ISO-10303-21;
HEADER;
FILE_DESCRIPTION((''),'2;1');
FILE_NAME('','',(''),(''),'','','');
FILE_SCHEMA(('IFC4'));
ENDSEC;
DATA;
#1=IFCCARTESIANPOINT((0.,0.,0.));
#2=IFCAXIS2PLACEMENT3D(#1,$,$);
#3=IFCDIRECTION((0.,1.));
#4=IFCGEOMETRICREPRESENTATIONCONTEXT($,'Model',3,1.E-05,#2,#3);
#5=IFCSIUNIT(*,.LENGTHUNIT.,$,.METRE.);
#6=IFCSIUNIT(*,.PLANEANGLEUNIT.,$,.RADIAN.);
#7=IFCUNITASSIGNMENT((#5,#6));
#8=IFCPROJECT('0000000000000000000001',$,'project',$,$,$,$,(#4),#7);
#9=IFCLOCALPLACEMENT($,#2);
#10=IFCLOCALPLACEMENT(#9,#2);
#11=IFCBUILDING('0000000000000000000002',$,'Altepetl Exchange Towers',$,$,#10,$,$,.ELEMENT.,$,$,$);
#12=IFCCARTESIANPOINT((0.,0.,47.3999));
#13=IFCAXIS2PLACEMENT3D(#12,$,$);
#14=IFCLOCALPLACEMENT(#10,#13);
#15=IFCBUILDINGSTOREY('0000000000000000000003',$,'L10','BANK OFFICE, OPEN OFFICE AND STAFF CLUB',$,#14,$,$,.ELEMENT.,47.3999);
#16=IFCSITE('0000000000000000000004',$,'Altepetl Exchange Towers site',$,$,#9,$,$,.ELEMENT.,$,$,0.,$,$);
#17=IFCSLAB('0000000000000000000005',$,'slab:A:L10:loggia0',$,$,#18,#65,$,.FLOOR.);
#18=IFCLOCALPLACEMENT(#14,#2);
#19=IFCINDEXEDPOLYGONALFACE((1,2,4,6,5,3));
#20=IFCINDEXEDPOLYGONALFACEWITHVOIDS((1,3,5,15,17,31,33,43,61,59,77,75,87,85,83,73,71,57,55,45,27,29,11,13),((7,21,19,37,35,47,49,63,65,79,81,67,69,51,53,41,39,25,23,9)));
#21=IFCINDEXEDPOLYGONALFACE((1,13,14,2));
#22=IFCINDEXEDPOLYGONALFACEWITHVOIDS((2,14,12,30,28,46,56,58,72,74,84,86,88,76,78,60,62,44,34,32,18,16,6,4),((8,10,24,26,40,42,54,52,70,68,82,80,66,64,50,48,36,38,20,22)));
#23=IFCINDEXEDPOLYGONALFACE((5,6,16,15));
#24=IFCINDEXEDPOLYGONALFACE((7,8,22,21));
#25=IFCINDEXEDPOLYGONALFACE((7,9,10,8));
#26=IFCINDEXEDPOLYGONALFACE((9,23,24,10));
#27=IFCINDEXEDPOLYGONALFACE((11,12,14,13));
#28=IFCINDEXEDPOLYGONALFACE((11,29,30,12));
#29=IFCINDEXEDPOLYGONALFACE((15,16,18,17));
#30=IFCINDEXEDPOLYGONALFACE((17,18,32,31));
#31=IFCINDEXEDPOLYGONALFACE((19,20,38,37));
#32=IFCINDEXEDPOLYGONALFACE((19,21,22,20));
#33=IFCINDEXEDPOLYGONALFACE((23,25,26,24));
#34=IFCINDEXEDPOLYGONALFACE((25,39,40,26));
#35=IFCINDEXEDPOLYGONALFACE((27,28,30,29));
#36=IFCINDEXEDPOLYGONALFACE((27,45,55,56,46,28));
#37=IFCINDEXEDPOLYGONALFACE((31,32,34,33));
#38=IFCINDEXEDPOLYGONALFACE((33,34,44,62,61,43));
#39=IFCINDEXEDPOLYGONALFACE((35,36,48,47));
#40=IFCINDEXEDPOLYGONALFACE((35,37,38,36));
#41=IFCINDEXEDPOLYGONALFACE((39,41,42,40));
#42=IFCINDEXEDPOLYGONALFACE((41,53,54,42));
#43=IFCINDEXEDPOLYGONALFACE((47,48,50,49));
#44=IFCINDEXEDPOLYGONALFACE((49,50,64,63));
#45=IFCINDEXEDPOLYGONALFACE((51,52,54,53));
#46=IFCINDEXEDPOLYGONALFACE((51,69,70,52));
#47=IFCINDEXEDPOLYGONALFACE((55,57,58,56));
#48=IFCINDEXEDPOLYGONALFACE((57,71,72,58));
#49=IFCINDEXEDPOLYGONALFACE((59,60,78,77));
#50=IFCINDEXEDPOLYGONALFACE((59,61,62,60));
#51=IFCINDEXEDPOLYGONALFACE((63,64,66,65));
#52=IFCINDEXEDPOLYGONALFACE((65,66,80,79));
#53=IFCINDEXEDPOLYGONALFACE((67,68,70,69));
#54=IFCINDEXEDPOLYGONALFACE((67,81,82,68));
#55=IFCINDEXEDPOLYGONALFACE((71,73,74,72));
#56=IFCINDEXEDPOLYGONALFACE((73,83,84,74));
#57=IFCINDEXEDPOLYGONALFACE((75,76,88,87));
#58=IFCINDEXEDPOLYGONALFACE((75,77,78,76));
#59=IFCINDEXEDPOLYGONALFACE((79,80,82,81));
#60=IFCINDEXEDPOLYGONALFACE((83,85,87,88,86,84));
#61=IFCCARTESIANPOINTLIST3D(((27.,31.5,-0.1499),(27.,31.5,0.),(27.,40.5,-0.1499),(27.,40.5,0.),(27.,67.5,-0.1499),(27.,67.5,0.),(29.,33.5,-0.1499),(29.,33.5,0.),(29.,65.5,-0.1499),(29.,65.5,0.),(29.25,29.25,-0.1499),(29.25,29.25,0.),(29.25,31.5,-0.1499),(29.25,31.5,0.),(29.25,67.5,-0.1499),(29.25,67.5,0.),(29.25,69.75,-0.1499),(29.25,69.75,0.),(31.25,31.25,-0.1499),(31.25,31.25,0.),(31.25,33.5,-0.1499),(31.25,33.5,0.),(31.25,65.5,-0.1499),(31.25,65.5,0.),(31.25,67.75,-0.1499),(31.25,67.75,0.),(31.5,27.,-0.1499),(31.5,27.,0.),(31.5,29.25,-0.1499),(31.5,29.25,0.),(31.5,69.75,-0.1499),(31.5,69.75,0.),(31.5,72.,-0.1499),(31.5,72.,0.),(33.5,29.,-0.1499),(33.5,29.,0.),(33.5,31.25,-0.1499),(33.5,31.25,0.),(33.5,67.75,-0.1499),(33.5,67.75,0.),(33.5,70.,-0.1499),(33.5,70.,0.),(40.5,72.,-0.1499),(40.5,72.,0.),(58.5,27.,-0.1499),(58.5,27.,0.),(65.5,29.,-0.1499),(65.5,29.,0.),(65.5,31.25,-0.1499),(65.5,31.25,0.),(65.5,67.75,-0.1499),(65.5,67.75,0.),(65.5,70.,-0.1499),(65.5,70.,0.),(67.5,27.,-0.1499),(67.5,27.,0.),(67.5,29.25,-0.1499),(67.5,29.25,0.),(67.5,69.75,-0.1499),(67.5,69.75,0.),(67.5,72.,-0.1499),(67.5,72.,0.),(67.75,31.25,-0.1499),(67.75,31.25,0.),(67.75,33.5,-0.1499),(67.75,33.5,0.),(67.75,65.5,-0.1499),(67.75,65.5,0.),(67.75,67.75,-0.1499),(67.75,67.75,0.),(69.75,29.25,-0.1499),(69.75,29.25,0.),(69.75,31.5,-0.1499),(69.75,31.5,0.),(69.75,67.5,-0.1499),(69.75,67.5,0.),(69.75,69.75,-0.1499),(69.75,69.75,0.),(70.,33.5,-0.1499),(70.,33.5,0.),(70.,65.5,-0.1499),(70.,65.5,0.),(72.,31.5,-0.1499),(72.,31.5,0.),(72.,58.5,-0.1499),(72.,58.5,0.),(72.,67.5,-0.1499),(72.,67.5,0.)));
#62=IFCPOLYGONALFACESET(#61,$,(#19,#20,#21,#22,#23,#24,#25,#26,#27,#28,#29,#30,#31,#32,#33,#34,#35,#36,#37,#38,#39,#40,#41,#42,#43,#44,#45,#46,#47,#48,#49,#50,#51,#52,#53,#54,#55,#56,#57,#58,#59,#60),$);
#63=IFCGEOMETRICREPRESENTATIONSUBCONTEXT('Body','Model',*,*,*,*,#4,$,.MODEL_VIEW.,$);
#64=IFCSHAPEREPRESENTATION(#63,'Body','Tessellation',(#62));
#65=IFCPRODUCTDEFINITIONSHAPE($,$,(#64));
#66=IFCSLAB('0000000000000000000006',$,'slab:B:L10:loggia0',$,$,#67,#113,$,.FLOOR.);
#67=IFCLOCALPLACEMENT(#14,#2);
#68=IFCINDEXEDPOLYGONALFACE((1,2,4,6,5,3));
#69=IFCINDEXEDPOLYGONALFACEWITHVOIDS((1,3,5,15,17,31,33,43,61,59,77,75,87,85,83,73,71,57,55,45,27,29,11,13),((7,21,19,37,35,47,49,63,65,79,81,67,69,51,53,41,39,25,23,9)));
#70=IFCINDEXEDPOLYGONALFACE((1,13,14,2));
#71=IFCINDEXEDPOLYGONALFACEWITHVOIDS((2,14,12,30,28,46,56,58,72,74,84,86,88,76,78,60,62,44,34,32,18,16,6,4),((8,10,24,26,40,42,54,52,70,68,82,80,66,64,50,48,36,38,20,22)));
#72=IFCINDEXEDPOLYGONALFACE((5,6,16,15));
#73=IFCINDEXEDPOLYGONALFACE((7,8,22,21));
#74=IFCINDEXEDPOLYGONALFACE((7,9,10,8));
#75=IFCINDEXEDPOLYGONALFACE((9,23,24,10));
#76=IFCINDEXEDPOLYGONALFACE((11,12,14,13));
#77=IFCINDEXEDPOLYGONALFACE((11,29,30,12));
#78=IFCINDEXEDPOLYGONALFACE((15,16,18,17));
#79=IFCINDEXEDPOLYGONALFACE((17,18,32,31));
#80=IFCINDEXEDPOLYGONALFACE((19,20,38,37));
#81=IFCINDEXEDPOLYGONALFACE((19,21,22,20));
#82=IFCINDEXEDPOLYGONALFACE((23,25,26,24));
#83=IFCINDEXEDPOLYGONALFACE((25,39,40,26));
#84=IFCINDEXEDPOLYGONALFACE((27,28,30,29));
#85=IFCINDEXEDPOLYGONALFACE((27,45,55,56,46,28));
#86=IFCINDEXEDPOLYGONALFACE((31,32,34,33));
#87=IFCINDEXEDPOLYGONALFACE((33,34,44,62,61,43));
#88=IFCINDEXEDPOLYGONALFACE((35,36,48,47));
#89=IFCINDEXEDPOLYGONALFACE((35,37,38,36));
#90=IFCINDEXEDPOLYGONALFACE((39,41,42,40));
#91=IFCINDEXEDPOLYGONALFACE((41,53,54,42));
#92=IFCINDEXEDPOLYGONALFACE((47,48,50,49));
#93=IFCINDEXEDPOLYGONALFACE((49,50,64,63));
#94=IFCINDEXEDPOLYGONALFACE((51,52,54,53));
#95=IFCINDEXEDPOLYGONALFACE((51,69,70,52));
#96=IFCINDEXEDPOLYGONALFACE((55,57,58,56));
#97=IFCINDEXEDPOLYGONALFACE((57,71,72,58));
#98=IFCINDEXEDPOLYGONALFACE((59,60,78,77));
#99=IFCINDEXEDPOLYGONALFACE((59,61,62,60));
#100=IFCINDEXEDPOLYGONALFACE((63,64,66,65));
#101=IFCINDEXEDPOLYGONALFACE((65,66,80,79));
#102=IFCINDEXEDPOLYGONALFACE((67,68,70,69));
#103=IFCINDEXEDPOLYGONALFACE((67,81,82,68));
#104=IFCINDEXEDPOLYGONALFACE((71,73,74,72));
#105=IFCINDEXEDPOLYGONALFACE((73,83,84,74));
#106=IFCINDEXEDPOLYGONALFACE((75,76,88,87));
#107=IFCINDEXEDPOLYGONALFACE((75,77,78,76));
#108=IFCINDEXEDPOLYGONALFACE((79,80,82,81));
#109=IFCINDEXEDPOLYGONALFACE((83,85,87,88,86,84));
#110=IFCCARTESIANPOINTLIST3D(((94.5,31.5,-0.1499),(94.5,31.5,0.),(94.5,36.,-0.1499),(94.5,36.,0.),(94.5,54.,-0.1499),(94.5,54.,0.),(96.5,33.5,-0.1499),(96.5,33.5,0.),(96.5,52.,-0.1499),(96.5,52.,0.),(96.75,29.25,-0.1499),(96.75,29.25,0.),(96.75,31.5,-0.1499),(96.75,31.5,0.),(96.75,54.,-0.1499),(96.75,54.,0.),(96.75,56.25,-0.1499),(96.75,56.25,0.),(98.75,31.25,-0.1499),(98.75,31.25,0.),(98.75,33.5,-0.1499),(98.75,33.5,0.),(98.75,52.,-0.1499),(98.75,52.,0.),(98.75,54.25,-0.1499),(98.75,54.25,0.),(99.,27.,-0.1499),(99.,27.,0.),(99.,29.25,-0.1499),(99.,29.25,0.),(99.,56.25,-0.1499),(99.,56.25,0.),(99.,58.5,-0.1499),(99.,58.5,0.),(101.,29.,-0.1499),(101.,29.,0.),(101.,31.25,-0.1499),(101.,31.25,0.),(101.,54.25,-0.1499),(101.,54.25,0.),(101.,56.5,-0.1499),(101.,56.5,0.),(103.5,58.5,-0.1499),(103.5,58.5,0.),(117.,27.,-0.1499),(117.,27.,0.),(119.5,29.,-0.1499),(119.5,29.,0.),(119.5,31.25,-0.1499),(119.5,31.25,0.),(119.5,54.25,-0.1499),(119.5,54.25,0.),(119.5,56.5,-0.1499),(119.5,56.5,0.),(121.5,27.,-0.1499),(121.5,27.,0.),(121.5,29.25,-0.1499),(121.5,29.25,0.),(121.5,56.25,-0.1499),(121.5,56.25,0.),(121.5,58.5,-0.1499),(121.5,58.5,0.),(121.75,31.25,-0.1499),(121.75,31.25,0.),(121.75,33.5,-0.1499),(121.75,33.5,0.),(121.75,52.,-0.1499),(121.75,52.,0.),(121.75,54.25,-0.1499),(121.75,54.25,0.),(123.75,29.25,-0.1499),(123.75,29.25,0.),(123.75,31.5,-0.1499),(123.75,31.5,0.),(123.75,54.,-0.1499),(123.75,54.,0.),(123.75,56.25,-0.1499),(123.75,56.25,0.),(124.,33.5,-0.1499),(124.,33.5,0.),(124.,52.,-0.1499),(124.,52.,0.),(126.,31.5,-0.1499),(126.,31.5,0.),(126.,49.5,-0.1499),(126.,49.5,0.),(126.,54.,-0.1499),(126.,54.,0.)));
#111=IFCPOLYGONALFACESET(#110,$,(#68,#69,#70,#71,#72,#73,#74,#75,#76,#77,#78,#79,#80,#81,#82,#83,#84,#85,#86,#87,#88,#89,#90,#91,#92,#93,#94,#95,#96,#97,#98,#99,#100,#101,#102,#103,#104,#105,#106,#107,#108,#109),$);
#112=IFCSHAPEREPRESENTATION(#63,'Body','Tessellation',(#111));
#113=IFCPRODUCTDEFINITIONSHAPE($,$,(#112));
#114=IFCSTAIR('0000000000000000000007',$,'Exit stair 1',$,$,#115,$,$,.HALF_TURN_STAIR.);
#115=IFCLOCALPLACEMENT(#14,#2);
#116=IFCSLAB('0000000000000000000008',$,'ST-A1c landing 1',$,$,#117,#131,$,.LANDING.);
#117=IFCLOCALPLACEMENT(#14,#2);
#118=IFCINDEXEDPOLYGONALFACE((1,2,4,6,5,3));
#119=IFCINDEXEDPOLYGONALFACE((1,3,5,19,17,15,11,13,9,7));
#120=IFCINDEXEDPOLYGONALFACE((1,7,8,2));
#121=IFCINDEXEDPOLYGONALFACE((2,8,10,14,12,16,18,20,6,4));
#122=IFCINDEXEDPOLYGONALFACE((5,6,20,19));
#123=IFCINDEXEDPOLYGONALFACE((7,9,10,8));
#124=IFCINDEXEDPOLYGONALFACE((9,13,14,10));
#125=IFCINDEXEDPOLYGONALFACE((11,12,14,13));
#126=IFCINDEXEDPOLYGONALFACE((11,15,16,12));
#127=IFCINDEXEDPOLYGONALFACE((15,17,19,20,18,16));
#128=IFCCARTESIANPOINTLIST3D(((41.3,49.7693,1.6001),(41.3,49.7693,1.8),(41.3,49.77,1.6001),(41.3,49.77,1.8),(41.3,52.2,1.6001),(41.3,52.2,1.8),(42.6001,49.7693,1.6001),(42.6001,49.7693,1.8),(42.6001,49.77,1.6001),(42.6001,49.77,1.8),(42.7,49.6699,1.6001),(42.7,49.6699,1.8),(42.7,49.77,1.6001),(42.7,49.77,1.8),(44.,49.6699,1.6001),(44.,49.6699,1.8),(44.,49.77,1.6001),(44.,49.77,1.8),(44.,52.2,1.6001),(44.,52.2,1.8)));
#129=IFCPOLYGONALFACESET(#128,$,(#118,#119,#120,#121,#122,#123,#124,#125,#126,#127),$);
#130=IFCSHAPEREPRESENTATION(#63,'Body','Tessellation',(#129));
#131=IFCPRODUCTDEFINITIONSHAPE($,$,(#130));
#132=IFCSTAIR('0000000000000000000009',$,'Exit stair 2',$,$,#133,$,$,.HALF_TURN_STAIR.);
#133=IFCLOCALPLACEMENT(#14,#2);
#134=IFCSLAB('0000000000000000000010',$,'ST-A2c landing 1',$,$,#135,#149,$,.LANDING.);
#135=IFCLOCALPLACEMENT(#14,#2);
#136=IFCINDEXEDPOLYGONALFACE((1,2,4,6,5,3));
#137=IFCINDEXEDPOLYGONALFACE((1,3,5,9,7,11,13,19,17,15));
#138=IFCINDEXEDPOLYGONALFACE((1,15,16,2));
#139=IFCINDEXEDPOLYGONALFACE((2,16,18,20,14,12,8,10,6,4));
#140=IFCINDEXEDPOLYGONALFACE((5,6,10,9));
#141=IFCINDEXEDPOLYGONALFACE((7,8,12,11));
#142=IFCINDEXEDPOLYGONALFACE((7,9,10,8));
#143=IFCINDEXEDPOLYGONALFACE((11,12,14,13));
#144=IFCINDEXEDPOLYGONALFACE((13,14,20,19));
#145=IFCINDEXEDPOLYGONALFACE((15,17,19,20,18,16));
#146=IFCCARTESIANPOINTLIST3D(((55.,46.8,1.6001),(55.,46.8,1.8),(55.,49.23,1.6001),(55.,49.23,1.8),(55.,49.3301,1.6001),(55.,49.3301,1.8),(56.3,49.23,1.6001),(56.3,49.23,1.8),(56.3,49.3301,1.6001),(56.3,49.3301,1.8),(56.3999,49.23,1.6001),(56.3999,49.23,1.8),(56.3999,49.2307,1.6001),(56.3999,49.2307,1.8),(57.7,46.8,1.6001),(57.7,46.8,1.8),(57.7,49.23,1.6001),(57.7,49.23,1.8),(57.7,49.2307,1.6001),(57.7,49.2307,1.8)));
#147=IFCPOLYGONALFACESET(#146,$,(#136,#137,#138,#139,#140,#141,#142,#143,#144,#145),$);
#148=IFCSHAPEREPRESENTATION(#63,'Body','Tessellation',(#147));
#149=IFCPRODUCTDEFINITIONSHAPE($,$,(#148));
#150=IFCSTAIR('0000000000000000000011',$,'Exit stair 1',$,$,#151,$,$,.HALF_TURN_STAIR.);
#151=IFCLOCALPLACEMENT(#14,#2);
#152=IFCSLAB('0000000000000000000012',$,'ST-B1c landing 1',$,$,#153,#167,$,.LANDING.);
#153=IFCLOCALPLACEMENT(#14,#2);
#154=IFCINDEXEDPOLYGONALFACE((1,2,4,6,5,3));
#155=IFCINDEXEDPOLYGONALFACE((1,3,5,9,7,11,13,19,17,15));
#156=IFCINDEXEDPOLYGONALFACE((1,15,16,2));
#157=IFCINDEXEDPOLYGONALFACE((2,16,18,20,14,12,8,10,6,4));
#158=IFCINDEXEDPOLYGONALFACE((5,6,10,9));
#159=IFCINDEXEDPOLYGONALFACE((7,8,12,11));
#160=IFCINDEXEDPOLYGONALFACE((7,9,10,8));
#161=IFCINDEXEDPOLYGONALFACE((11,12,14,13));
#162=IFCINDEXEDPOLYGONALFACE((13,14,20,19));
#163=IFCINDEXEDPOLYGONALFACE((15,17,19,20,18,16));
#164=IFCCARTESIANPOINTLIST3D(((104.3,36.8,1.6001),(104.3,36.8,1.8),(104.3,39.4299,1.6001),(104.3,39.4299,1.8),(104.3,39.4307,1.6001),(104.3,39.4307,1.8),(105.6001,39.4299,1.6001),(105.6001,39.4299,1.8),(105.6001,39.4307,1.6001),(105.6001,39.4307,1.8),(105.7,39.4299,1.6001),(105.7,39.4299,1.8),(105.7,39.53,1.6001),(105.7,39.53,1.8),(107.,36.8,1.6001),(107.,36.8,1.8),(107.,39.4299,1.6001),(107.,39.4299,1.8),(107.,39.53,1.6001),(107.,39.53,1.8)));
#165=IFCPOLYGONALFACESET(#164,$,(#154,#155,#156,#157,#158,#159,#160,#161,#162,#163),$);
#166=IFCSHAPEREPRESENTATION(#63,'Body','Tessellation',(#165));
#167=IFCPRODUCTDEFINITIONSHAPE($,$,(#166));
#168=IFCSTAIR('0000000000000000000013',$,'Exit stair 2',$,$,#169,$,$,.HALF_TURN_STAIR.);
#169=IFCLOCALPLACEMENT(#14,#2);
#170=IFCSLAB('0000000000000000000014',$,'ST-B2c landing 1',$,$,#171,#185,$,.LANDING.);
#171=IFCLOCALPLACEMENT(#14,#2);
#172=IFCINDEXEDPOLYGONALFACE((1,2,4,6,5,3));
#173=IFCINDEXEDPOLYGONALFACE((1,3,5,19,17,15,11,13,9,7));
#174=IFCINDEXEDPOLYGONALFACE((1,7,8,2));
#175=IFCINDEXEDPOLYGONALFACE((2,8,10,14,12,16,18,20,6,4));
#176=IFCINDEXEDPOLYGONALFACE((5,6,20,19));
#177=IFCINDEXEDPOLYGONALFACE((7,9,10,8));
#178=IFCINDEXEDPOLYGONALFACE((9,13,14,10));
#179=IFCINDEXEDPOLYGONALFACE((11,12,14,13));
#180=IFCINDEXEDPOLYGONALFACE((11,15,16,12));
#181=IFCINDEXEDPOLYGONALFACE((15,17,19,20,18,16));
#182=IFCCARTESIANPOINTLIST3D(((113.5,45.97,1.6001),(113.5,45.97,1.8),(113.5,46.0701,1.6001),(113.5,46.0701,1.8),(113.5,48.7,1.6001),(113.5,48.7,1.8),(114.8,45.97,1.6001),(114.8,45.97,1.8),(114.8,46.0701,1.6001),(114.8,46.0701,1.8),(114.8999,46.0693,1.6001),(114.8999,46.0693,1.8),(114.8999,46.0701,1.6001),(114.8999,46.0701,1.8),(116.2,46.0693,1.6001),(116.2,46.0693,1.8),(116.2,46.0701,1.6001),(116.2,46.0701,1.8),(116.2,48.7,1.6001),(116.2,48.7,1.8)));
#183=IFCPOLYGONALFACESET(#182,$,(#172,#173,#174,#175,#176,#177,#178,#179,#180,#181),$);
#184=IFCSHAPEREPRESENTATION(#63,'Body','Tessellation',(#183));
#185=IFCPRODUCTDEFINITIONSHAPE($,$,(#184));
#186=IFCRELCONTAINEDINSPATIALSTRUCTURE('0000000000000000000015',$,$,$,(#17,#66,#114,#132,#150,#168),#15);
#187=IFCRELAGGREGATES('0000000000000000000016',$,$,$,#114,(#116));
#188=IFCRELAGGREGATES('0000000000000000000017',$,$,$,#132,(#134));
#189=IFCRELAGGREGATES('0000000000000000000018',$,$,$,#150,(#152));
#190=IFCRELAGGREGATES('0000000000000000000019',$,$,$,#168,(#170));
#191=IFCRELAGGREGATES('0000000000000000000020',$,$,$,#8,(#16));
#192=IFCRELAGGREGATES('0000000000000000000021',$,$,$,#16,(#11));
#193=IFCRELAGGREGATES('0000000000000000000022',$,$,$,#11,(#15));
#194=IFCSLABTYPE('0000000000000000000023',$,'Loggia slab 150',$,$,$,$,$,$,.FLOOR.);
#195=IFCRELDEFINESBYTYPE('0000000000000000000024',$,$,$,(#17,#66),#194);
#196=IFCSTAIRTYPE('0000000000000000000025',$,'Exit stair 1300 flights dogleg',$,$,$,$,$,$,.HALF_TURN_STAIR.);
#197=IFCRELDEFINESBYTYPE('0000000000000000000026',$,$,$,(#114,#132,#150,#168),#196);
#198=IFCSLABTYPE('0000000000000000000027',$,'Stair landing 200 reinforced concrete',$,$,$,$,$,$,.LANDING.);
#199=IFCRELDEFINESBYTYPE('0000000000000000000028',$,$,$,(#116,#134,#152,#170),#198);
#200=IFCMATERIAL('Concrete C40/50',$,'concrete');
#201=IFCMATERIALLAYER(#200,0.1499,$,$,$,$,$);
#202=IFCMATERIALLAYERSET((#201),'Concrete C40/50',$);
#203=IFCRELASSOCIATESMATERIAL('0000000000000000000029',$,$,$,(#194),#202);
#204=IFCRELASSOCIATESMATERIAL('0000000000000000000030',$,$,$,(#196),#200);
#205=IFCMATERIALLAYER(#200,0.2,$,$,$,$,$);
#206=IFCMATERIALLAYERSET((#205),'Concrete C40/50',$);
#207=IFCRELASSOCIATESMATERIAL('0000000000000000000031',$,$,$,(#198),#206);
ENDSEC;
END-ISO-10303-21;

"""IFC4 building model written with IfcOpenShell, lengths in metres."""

from ifc_helpers import new_model, si_unit, direction, frame, origin, place, context, subcontext, project, spatial, polyline, outline, extrude, material, layer, layer_set, type_object, element, aggregate, save


model = new_model("IFC4")

# Units and contexts
model_context = context("Model", 3, precision=1e-05, world=origin(), true_north=direction((0.0, 1.0)))
body_context = subcontext(model_context, "Body", "Model", "MODEL_VIEW")
ifc_project = project(units=[si_unit("LENGTHUNIT", "METRE"), si_unit("PLANEANGLEUNIT", "RADIAN")], contexts=[model_context])

# Site, building, storey
site_placement = place(None, origin())
site = spatial("IfcSite", under=ifc_project, at=site_placement, Name="Altepetl Exchange Towers site", CompositionType="ELEMENT", RefElevation=0.0)
building_placement = place(site_placement, origin())
building = spatial("IfcBuilding", under=site, at=building_placement, Name="Altepetl Exchange Towers", CompositionType="ELEMENT")
storey_placement = place(building_placement, frame((0.0, 0.0, 47.3999)))
storey = spatial("IfcBuildingStorey", under=building, at=storey_placement, Name="L10", Description="BANK OFFICE, OPEN OFFICE AND STAFF CLUB", CompositionType="ELEMENT", Elevation=47.3999)

# Slabs
ifc_material_1 = material(Name="Concrete C40/50", Category="concrete")
ifc_layer_1 = layer(ifc_material_1, 0.1499)
ifc_layer_set_1 = layer_set([ifc_layer_1], Name="Concrete C40/50")
slab_type_1 = type_object("IfcSlabType", Name="Loggia slab 150", PredefinedType="FLOOR", material=ifc_layer_set_1)
slab_1_placement = place(storey_placement, frame((0.0, 0.0, -0.1499)))
element("IfcSlab", 1, at=slab_1_placement, inside=storey, type_object=slab_type_1, Name="slab:A:L10:loggia0", PredefinedType="FLOOR", context=body_context, shape_type="SweptSolid", body=[
    extrude(outline(polyline([(29.25, 67.5), (27.0, 67.5), (27.0, 40.5), (27.0, 31.5), (29.25, 31.5), (29.25, 29.25), (31.5, 29.25), (31.5, 27.0), (58.5, 27.0), (67.5, 27.0), (67.5, 29.25), (69.75, 29.25), (69.75, 31.5), (72.0, 31.5), (72.0, 58.5), (72.0, 67.5), (69.75, 67.5), (69.75, 69.75), (67.5, 69.75), (67.5, 72.0), (40.5, 72.0), (31.5, 72.0), (31.5, 69.75), (29.25, 69.75), (29.25, 67.5)]), holes=[polyline([(29.0, 65.5), (31.25, 65.5), (31.25, 67.75), (33.5, 67.75), (33.5, 70.0), (65.5, 70.0), (65.5, 67.75), (67.75, 67.75), (67.75, 65.5), (70.0, 65.5), (70.0, 33.5), (67.75, 33.5), (67.75, 31.25), (65.5, 31.25), (65.5, 29.0), (33.5, 29.0), (33.5, 31.25), (31.25, 31.25), (31.25, 33.5), (29.0, 33.5), (29.0, 65.5)])]), origin(), (0.0, 0.0, 1.0), 0.1499),
])
slab_2_placement = place(storey_placement, frame((0.0, 0.0, -0.1499)))
element("IfcSlab", 2, at=slab_2_placement, inside=storey, type_object=slab_type_1, Name="slab:B:L10:loggia0", PredefinedType="FLOOR", context=body_context, shape_type="SweptSolid", body=[
    extrude(outline(polyline([(96.75, 54.0), (94.5, 54.0), (94.5, 36.0), (94.5, 31.5), (96.75, 31.5), (96.75, 29.25), (99.0, 29.25), (99.0, 27.0), (117.0, 27.0), (121.5, 27.0), (121.5, 29.25), (123.75, 29.25), (123.75, 31.5), (126.0, 31.5), (126.0, 49.5), (126.0, 54.0), (123.75, 54.0), (123.75, 56.25), (121.5, 56.25), (121.5, 58.5), (103.5, 58.5), (99.0, 58.5), (99.0, 56.25), (96.75, 56.25), (96.75, 54.0)]), holes=[polyline([(96.5, 52.0), (98.75, 52.0), (98.75, 54.25), (101.0, 54.25), (101.0, 56.5), (119.5, 56.5), (119.5, 54.25), (121.75, 54.25), (121.75, 52.0), (124.0, 52.0), (124.0, 33.5), (121.75, 33.5), (121.75, 31.25), (119.5, 31.25), (119.5, 29.0), (101.0, 29.0), (101.0, 31.25), (98.75, 31.25), (98.75, 33.5), (96.5, 33.5), (96.5, 52.0)])]), origin(), (0.0, 0.0, 1.0), 0.1499),
])

# Stairs, slabs
stair_type = type_object("IfcStairType", Name="Exit stair 1300 flights dogleg", PredefinedType="HALF_TURN_STAIR", material=ifc_material_1)
stair_1_placement = place(storey_placement, origin())
stair_1 = element("IfcStair", 3, at=stair_1_placement, inside=storey, type_object=stair_type, Name="Exit stair 1", PredefinedType="HALF_TURN_STAIR")
ifc_layer_2 = layer(ifc_material_1, 0.2)
ifc_layer_set_2 = layer_set([ifc_layer_2], Name="Concrete C40/50")
slab_type_2 = type_object("IfcSlabType", Name="Stair landing 200 reinforced concrete", PredefinedType="LANDING", material=ifc_layer_set_2)
slab_3_placement = place(storey_placement, frame((0.0, 0.0, 1.6001)))
slab_3 = element("IfcSlab", 4, at=slab_3_placement, type_object=slab_type_2, Name="ST-A1c landing 1", PredefinedType="LANDING", context=body_context, shape_type="SweptSolid", body=[
    extrude(outline(polyline([(44.0, 49.6699), (42.7, 49.6699), (42.7, 49.77), (42.6001, 49.77), (42.6001, 49.7693), (41.3, 49.7693), (41.3, 49.77), (41.3, 52.2), (44.0, 52.2), (44.0, 49.77), (44.0, 49.6699)])), origin(), (0.0, 0.0, 1.0), 0.2),
])
aggregate(stair_1, [slab_3])
stair_2_placement = place(storey_placement, origin())
stair_2 = element("IfcStair", 5, at=stair_2_placement, inside=storey, type_object=stair_type, Name="Exit stair 2", PredefinedType="HALF_TURN_STAIR")
slab_4_placement = place(storey_placement, frame((0.0, 0.0, 1.6001)))
slab_4 = element("IfcSlab", 6, at=slab_4_placement, type_object=slab_type_2, Name="ST-A2c landing 1", PredefinedType="LANDING", context=body_context, shape_type="SweptSolid", body=[
    extrude(outline(polyline([(57.7, 46.8), (55.0, 46.8), (55.0, 49.23), (55.0, 49.3301), (56.3, 49.3301), (56.3, 49.23), (56.3999, 49.23), (56.3999, 49.2307), (57.7, 49.2307), (57.7, 49.23), (57.7, 46.8)])), origin(), (0.0, 0.0, 1.0), 0.2),
])
aggregate(stair_2, [slab_4])
stair_3_placement = place(storey_placement, origin())
stair_3 = element("IfcStair", 7, at=stair_3_placement, inside=storey, type_object=stair_type, Name="Exit stair 1", PredefinedType="HALF_TURN_STAIR")
slab_5_placement = place(storey_placement, frame((0.0, 0.0, 1.6001)))
slab_5 = element("IfcSlab", 8, at=slab_5_placement, type_object=slab_type_2, Name="ST-B1c landing 1", PredefinedType="LANDING", context=body_context, shape_type="SweptSolid", body=[
    extrude(outline(polyline([(107.0, 36.8), (104.3, 36.8), (104.3, 39.4299), (104.3, 39.4307), (105.6001, 39.4307), (105.6001, 39.4299), (105.7, 39.4299), (105.7, 39.53), (107.0, 39.53), (107.0, 39.4299), (107.0, 36.8)])), origin(), (0.0, 0.0, 1.0), 0.2),
])
aggregate(stair_3, [slab_5])
stair_4_placement = place(storey_placement, origin())
stair_4 = element("IfcStair", 9, at=stair_4_placement, inside=storey, type_object=stair_type, Name="Exit stair 2", PredefinedType="HALF_TURN_STAIR")
slab_6_placement = place(storey_placement, frame((0.0, 0.0, 1.6001)))
slab_6 = element("IfcSlab", 10, at=slab_6_placement, type_object=slab_type_2, Name="ST-B2c landing 1", PredefinedType="LANDING", context=body_context, shape_type="SweptSolid", body=[
    extrude(outline(polyline([(114.8, 45.97), (113.5, 45.97), (113.5, 46.0701), (113.5, 48.7), (116.2, 48.7), (116.2, 46.0701), (116.2, 46.0693), (114.8999, 46.0693), (114.8999, 46.0701), (114.8, 46.0701), (114.8, 45.97)])), origin(), (0.0, 0.0, 1.0), 0.2),
])
aggregate(stair_4, [slab_6])

save(model, "model.ifc")
